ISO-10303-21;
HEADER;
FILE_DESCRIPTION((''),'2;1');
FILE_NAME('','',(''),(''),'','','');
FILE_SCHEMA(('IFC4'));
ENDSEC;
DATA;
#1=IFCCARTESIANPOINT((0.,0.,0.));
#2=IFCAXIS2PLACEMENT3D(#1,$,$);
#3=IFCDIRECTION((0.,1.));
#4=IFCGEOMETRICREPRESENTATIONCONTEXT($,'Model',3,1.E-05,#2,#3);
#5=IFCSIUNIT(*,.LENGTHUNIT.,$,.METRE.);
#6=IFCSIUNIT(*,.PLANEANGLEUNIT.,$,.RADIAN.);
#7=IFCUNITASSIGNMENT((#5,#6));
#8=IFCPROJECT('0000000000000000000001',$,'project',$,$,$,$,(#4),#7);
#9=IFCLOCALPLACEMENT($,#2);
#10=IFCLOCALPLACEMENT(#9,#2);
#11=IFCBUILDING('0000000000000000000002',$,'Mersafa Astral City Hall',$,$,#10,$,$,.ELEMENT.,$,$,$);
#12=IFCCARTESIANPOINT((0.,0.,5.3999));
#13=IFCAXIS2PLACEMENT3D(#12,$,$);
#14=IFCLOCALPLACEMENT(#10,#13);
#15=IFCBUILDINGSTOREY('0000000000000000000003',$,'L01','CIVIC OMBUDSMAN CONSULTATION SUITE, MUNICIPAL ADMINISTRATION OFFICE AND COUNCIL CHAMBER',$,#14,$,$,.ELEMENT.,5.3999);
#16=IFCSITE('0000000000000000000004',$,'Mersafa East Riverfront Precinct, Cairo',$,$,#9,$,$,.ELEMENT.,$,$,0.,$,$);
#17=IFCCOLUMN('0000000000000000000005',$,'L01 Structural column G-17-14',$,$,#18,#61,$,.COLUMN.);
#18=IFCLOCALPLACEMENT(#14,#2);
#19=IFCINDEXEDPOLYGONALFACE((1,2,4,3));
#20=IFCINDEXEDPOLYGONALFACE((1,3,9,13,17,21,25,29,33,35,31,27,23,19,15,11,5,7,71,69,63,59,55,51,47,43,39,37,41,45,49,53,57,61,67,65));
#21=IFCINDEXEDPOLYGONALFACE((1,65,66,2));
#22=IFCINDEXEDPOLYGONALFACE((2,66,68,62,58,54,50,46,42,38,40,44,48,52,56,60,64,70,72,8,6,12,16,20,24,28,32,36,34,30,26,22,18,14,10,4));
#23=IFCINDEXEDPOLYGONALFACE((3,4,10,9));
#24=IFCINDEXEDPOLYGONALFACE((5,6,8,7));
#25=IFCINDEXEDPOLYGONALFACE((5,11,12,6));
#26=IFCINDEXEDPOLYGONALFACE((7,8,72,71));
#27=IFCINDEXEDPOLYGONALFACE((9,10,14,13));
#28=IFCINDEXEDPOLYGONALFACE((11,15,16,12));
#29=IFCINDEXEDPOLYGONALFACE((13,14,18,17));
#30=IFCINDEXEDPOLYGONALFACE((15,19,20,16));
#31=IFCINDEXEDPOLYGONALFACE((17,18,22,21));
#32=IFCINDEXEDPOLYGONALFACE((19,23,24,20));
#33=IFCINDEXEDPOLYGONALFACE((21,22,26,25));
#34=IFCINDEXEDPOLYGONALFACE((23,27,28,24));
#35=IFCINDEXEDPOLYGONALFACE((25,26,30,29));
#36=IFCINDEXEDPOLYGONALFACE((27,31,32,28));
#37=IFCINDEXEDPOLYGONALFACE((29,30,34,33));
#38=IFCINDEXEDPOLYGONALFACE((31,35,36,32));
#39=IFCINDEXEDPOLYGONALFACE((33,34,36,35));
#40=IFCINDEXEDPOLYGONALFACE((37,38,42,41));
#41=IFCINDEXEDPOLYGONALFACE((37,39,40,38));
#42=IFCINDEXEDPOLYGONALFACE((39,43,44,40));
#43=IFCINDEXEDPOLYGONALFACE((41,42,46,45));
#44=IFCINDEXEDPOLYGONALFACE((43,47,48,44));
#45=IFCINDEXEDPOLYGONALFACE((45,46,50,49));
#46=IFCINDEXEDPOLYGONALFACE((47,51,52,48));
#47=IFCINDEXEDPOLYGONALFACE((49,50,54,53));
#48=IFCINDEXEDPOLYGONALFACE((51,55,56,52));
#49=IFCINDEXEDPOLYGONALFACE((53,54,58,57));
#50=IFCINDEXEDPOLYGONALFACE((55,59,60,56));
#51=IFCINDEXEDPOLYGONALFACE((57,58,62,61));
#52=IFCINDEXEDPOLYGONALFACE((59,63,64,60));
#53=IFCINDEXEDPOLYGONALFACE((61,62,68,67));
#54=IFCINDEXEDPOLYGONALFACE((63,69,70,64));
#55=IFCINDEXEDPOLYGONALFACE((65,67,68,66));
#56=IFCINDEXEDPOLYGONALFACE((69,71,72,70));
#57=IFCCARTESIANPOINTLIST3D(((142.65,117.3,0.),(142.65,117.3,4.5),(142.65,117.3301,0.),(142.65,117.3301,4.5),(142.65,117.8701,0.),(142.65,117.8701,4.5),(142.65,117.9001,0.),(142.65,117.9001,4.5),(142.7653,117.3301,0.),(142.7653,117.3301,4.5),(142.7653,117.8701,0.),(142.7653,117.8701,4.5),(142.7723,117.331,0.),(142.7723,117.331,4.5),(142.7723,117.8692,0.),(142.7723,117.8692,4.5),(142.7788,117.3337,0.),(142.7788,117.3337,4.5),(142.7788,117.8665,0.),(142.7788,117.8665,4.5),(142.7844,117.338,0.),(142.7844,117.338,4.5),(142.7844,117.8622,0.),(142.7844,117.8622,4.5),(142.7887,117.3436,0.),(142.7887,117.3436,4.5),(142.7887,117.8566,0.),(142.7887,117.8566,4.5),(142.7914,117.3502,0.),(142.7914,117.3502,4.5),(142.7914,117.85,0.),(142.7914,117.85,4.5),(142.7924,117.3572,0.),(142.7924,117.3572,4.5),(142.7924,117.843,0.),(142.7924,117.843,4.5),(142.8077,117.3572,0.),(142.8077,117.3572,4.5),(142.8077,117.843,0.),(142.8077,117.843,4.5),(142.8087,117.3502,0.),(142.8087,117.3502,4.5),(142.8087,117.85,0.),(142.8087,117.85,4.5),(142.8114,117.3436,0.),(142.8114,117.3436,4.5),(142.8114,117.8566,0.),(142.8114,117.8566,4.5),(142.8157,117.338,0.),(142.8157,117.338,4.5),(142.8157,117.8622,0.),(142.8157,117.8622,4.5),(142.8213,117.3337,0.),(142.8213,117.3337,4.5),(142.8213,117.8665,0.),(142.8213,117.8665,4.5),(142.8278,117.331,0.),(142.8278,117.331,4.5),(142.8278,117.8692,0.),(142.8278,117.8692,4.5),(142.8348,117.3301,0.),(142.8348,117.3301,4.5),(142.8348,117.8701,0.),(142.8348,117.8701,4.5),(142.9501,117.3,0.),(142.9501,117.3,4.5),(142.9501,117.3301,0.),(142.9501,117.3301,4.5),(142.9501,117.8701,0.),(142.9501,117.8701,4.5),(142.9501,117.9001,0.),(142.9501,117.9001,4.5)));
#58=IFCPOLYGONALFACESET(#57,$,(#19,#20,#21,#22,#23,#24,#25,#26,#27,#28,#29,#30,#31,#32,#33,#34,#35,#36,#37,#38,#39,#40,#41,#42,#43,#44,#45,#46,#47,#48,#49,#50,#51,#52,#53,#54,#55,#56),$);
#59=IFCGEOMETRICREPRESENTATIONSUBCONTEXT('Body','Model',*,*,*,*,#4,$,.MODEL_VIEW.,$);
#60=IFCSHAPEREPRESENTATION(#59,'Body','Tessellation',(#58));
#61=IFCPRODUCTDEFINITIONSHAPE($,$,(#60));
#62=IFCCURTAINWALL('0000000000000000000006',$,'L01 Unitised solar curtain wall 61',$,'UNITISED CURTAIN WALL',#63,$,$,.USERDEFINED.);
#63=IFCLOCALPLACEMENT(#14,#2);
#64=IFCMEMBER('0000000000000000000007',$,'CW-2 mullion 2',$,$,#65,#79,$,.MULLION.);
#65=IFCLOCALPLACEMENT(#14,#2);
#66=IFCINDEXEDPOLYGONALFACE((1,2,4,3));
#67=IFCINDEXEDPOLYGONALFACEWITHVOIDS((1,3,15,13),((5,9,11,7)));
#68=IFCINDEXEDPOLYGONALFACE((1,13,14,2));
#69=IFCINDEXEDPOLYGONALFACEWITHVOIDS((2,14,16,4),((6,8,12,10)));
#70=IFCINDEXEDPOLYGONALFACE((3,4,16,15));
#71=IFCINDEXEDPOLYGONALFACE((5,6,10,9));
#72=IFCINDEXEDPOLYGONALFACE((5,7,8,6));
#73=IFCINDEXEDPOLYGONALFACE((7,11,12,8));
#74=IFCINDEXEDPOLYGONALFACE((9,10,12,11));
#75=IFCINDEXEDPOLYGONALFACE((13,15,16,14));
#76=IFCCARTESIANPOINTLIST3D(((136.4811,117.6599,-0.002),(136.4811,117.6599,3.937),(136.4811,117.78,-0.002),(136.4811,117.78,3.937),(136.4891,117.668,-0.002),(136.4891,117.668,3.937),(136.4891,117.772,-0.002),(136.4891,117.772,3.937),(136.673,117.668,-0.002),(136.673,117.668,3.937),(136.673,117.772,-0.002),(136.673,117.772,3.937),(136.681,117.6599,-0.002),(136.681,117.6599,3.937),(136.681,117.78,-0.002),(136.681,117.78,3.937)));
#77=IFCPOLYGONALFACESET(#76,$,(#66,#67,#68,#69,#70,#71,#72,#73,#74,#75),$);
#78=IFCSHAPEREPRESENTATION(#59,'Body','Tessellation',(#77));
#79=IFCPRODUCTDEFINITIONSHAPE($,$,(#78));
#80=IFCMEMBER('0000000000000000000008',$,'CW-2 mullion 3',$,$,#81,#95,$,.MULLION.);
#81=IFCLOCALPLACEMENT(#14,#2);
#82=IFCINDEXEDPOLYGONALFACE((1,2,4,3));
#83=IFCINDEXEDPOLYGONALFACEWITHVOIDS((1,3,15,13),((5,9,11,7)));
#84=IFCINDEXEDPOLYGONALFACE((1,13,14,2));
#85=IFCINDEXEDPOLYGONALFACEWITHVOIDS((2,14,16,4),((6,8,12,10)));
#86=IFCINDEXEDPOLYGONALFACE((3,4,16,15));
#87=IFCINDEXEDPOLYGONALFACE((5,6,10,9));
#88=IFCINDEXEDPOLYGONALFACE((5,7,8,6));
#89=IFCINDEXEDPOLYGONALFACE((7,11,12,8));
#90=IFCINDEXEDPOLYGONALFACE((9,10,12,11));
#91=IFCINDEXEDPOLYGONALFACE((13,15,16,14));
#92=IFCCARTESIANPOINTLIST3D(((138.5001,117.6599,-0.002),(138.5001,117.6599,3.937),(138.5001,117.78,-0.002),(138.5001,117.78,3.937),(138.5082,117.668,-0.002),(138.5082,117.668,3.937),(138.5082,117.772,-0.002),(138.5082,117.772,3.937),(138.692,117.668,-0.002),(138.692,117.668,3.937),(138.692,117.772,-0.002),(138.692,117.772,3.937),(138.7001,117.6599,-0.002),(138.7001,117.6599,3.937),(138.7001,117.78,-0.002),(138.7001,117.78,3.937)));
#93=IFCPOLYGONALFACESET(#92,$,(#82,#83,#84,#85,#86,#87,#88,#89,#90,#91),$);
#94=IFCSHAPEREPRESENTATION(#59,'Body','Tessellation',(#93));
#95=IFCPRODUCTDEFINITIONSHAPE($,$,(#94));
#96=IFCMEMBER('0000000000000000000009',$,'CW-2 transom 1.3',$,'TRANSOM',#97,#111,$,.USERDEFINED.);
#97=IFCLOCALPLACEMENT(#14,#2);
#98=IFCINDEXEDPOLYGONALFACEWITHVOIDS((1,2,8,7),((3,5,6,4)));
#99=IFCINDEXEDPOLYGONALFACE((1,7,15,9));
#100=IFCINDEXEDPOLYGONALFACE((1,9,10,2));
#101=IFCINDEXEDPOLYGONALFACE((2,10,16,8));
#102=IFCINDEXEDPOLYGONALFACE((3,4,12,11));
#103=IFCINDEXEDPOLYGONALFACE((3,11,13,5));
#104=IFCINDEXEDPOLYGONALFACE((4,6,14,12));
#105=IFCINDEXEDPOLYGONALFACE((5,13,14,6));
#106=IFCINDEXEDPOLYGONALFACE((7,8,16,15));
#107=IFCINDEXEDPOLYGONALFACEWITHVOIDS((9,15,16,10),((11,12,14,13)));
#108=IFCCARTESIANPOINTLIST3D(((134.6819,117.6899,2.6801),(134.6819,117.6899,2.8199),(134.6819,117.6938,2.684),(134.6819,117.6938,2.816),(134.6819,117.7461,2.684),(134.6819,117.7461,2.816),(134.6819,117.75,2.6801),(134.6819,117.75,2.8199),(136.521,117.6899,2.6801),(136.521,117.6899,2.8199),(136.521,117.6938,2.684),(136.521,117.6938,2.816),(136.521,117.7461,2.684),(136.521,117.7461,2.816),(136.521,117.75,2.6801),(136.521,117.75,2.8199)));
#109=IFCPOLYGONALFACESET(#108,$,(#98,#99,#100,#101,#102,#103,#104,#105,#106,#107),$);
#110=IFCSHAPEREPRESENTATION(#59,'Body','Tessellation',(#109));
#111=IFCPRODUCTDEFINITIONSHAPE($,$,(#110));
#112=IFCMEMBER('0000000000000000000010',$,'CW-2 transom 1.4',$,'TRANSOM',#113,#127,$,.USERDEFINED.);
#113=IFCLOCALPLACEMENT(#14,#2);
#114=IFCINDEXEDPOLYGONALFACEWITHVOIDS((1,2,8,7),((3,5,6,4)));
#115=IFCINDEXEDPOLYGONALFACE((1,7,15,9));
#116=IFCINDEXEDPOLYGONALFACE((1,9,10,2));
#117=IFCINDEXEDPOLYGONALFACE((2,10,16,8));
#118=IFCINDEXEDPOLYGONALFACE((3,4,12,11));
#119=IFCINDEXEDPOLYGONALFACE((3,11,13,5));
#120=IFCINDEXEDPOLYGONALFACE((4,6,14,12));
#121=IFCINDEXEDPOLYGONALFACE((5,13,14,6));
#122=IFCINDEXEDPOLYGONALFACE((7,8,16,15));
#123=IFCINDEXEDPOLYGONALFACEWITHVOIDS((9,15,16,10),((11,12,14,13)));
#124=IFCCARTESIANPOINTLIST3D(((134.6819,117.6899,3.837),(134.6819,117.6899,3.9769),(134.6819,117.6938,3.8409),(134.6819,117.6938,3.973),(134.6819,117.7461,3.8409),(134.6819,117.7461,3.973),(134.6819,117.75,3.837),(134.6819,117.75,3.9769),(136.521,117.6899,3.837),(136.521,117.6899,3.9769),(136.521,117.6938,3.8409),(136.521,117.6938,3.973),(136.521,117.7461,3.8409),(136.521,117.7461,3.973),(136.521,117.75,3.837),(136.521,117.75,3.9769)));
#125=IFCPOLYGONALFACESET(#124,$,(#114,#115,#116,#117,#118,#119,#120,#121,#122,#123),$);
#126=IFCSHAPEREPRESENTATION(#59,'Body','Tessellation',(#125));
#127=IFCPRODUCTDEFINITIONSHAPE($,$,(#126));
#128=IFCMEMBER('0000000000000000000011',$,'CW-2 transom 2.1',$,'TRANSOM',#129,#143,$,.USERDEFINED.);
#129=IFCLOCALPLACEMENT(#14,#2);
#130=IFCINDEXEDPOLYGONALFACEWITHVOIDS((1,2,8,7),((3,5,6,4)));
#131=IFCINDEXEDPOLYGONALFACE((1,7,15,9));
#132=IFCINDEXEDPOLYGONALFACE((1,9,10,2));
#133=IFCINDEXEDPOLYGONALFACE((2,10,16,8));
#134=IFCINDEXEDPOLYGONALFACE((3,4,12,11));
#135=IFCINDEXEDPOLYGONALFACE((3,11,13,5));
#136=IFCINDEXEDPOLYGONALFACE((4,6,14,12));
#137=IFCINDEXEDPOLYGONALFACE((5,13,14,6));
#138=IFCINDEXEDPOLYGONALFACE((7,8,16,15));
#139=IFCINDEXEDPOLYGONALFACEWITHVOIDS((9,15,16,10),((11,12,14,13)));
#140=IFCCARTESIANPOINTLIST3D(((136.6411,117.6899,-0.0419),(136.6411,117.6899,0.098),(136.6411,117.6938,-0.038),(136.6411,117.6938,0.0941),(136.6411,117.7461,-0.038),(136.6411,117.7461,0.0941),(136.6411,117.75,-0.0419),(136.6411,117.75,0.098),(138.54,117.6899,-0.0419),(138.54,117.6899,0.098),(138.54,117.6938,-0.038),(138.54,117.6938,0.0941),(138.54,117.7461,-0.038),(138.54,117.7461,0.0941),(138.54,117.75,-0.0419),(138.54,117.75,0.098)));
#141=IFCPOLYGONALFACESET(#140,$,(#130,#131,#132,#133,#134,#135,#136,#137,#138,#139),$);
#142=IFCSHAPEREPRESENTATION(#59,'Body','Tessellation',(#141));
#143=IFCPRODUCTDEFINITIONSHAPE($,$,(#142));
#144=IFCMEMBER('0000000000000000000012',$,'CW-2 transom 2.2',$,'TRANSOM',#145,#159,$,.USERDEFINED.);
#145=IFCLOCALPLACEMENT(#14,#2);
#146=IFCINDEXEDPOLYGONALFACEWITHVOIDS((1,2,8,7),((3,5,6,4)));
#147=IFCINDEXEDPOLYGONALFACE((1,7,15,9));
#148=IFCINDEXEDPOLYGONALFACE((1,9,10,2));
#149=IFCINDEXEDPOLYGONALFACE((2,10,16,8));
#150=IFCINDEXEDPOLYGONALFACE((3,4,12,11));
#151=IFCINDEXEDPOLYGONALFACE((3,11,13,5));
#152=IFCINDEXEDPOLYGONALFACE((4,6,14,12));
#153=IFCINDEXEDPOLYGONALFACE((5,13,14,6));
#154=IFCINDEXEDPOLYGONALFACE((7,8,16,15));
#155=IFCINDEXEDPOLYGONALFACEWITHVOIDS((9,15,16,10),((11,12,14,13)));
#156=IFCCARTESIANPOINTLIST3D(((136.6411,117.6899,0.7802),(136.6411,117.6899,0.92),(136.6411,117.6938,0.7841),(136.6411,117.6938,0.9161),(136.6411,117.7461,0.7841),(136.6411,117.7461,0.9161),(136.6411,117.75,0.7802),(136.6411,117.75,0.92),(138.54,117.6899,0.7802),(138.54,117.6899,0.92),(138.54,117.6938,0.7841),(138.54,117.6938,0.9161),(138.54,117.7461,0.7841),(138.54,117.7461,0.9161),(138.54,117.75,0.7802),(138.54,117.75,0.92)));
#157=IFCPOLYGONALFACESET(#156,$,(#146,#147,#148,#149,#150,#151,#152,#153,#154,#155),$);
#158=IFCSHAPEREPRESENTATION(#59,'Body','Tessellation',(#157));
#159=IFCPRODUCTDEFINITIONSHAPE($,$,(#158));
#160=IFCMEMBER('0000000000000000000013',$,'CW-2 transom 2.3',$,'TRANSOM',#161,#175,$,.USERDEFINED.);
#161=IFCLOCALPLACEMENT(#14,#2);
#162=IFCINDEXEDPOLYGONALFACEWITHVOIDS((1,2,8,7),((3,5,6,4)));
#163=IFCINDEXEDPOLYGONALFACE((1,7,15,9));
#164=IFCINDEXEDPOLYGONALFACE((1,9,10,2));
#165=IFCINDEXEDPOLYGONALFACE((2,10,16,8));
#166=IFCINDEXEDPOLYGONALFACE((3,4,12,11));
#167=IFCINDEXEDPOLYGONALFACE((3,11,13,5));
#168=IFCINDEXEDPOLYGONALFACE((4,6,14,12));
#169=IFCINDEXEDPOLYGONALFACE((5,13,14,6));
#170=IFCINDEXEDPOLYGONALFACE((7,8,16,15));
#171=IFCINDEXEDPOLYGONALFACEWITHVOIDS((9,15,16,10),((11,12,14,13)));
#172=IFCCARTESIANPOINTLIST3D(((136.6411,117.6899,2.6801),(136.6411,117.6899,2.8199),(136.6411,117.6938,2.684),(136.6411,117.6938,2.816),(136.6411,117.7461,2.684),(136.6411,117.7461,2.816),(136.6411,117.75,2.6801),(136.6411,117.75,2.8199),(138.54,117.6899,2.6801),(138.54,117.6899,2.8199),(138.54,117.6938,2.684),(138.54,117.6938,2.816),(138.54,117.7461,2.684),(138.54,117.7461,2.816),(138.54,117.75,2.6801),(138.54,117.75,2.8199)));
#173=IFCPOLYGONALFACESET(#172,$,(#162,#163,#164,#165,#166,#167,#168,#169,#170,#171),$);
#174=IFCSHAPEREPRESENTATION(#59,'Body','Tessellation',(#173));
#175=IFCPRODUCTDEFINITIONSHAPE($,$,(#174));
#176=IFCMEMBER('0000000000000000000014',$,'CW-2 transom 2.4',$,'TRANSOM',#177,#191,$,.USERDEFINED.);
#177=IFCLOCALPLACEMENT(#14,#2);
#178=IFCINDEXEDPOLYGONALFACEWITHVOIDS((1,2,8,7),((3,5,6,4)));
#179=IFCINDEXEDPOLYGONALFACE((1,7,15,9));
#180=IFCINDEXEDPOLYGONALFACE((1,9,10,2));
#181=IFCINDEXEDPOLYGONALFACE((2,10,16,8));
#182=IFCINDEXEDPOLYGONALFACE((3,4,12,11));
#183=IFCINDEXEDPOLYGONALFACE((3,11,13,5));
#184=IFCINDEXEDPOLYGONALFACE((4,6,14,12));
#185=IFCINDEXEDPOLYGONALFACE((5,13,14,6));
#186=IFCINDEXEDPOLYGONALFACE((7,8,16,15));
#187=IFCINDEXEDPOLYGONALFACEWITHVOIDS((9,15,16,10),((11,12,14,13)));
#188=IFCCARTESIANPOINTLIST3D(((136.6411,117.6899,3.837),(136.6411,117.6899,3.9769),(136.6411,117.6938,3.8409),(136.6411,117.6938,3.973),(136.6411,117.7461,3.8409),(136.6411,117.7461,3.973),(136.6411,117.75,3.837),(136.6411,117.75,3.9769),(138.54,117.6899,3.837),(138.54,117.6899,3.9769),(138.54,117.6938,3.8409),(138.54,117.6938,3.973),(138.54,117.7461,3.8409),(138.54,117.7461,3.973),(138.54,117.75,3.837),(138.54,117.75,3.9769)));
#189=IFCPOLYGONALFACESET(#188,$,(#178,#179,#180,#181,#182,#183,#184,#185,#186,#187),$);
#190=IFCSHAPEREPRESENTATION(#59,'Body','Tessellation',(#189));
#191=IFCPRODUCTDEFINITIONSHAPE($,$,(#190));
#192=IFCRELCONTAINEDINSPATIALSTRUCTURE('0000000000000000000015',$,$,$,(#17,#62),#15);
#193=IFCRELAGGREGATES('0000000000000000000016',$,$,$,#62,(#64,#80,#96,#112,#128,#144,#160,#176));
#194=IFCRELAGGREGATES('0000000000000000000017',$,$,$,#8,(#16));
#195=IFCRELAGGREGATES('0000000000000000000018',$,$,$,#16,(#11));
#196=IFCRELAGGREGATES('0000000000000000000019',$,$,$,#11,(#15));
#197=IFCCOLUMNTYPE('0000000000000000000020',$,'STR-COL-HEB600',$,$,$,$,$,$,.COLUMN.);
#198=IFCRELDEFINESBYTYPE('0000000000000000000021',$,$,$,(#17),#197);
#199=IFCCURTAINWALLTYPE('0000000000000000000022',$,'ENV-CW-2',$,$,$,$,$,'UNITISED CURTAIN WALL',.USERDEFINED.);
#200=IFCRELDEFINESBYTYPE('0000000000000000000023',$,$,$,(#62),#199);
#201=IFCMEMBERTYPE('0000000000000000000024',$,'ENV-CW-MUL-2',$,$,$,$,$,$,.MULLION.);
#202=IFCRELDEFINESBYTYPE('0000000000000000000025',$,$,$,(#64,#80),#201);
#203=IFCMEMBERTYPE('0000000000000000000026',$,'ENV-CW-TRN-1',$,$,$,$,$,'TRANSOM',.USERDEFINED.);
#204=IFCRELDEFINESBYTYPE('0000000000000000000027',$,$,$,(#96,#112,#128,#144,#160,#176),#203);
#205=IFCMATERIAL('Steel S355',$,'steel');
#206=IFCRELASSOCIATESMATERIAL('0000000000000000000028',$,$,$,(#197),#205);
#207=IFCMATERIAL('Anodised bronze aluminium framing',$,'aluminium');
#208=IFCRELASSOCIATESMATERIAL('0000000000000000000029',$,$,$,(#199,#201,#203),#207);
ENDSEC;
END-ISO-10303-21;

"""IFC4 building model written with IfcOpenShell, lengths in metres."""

from ifc_helpers import new_model, si_unit, direction, frame, origin, origin_2d, place, context, subcontext, project, spatial, hollow_rectangle, i_section, extrude, material, material_profile, profile_set, type_object, element, aggregate, save


model = new_model("IFC4")

# Units and contexts
model_context = context("Model", 3, precision=1e-05, world=origin(), true_north=direction((0.0, 1.0)))
body_context = subcontext(model_context, "Body", "Model", "MODEL_VIEW")
ifc_project = project(units=[si_unit("LENGTHUNIT", "METRE"), si_unit("PLANEANGLEUNIT", "RADIAN")], contexts=[model_context])

# Site, building, storey
site_placement = place(None, origin())
site = spatial("IfcSite", under=ifc_project, at=site_placement, Name="Mersafa East Riverfront Precinct, Cairo", CompositionType="ELEMENT", RefElevation=0.0)
building_placement = place(site_placement, origin())
building = spatial("IfcBuilding", under=site, at=building_placement, Name="Mersafa Astral City Hall", CompositionType="ELEMENT")
storey_placement = place(building_placement, frame((0.0, 0.0, 5.3999)))
storey = spatial("IfcBuildingStorey", under=building, at=storey_placement, Name="L01", Description="CIVIC OMBUDSMAN CONSULTATION SUITE, MUNICIPAL ADMINISTRATION OFFICE AND COUNCIL CHAMBER", CompositionType="ELEMENT", Elevation=5.3999)

# Column
ifc_material_1 = material(Name="Steel S355", Category="steel")
ifc_material_profile_1 = material_profile(ifc_material_1, i_section(OverallWidth=0.3, OverallDepth=0.6001, WebThickness=0.0154, FlangeThickness=0.03, FilletRadius=0.0271, at=origin_2d()), Name="HEB 600")
ifc_profile_set_1 = profile_set([ifc_material_profile_1], Name="Steel S355")
column_type = type_object("IfcColumnType", Name="STR-COL-HEB600", PredefinedType="COLUMN", material=ifc_profile_set_1)
column_placement = place(storey_placement, frame((142.8, 117.6001, 0.0), z_axis=(0.0, 0.0, 1.0), x_axis=(1.0, 0.0, 0.0)))
element("IfcColumn", 1, at=column_placement, inside=storey, type_object=column_type, Name="L01 Structural column G-17-14", PredefinedType="COLUMN", context=body_context, shape_type="SweptSolid", body=[
    extrude(i_section(OverallWidth=0.3, OverallDepth=0.6001, WebThickness=0.0154, FlangeThickness=0.03, FilletRadius=0.0271, at=origin_2d()), origin(), (0.0, 0.0, 1.0), 4.5),
])

# Curtain wall, members
ifc_material_2 = material(Name="Anodised bronze aluminium framing", Category="aluminium")
curtain_wall_type = type_object("IfcCurtainWallType", Name="ENV-CW-2", ElementType="UNITISED CURTAIN WALL", PredefinedType="USERDEFINED", material=ifc_material_2)
curtain_wall_placement = place(storey_placement, origin())
curtain_wall = element("IfcCurtainWall", 2, at=curtain_wall_placement, inside=storey, type_object=curtain_wall_type, Name="L01 Unitised solar curtain wall 61", ObjectType="UNITISED CURTAIN WALL", PredefinedType="USERDEFINED")
ifc_material_profile_2 = material_profile(ifc_material_2, hollow_rectangle(XDim=0.1201, YDim=0.2, WallThickness=0.0081, at=origin_2d()), Name="RHS 120x200x8")
ifc_profile_set_2 = profile_set([ifc_material_profile_2], Name="Anodised bronze aluminium framing")
member_type_1 = type_object("IfcMemberType", Name="ENV-CW-MUL-2", PredefinedType="MULLION", material=ifc_profile_set_2)
member_1_placement = place(storey_placement, frame((136.5811, 117.72, -0.002), z_axis=(0.0, 0.0, 1.0), x_axis=(0.0, 1.0, 0.0)))
member_1 = element("IfcMember", 3, at=member_1_placement, type_object=member_type_1, Name="CW-2 mullion 2", PredefinedType="MULLION", context=body_context, shape_type="SweptSolid", body=[
    extrude(hollow_rectangle(XDim=0.1201, YDim=0.2, WallThickness=0.0081, at=origin_2d()), origin(), (0.0, 0.0, 1.0), 3.939),
])
member_2_placement = place(storey_placement, frame((138.6001, 117.72, -0.002), z_axis=(0.0, 0.0, 1.0), x_axis=(0.0, 1.0, 0.0)))
member_2 = element("IfcMember", 4, at=member_2_placement, type_object=member_type_1, Name="CW-2 mullion 3", PredefinedType="MULLION", context=body_context, shape_type="SweptSolid", body=[
    extrude(hollow_rectangle(XDim=0.1201, YDim=0.2, WallThickness=0.0081, at=origin_2d()), origin(), (0.0, 0.0, 1.0), 3.939),
])
ifc_material_profile_3 = material_profile(ifc_material_2, hollow_rectangle(XDim=0.0601, YDim=0.1399, WallThickness=0.0039, at=origin_2d()), Name="RHS 60x140x4")
ifc_profile_set_3 = profile_set([ifc_material_profile_3], Name="Anodised bronze aluminium framing")
member_type_2 = type_object("IfcMemberType", Name="ENV-CW-TRN-1", ElementType="TRANSOM", PredefinedType="USERDEFINED", material=ifc_profile_set_3)
member_3_placement = place(storey_placement, frame((134.6819, 117.72, 2.75), z_axis=(1.0, 0.0, 0.0), x_axis=(0.0, 1.0, 0.0)))
member_3 = element("IfcMember", 5, at=member_3_placement, type_object=member_type_2, Name="CW-2 transom 1.3", ObjectType="TRANSOM", PredefinedType="USERDEFINED", context=body_context, shape_type="SweptSolid", body=[
    extrude(hollow_rectangle(XDim=0.0601, YDim=0.1399, WallThickness=0.0039, at=origin_2d()), origin(), (0.0, 0.0, 1.0), 1.8391),
])
member_4_placement = place(storey_placement, frame((134.6819, 117.72, 3.907), z_axis=(1.0, 0.0, 0.0), x_axis=(0.0, 1.0, 0.0)))
member_4 = element("IfcMember", 6, at=member_4_placement, type_object=member_type_2, Name="CW-2 transom 1.4", ObjectType="TRANSOM", PredefinedType="USERDEFINED", context=body_context, shape_type="SweptSolid", body=[
    extrude(hollow_rectangle(XDim=0.0601, YDim=0.1399, WallThickness=0.0039, at=origin_2d()), origin(), (0.0, 0.0, 1.0), 1.8391),
])
member_5_placement = place(storey_placement, frame((136.6411, 117.72, 0.0281), z_axis=(1.0, 0.0, 0.0), x_axis=(0.0, 1.0, 0.0)))
member_5 = element("IfcMember", 7, at=member_5_placement, type_object=member_type_2, Name="CW-2 transom 2.1", ObjectType="TRANSOM", PredefinedType="USERDEFINED", context=body_context, shape_type="SweptSolid", body=[
    extrude(hollow_rectangle(XDim=0.0601, YDim=0.1399, WallThickness=0.0039, at=origin_2d()), origin(), (0.0, 0.0, 1.0), 1.8989),
])
member_6_placement = place(storey_placement, frame((136.6411, 117.72, 0.8501), z_axis=(1.0, 0.0, 0.0), x_axis=(0.0, 1.0, 0.0)))
member_6 = element("IfcMember", 8, at=member_6_placement, type_object=member_type_2, Name="CW-2 transom 2.2", ObjectType="TRANSOM", PredefinedType="USERDEFINED", context=body_context, shape_type="SweptSolid", body=[
    extrude(hollow_rectangle(XDim=0.0601, YDim=0.1399, WallThickness=0.0039, at=origin_2d()), origin(), (0.0, 0.0, 1.0), 1.8989),
])
member_7_placement = place(storey_placement, frame((136.6411, 117.72, 2.75), z_axis=(1.0, 0.0, 0.0), x_axis=(0.0, 1.0, 0.0)))
member_7 = element("IfcMember", 9, at=member_7_placement, type_object=member_type_2, Name="CW-2 transom 2.3", ObjectType="TRANSOM", PredefinedType="USERDEFINED", context=body_context, shape_type="SweptSolid", body=[
    extrude(hollow_rectangle(XDim=0.0601, YDim=0.1399, WallThickness=0.0039, at=origin_2d()), origin(), (0.0, 0.0, 1.0), 1.8989),
])
member_8_placement = place(storey_placement, frame((136.6411, 117.72, 3.907), z_axis=(1.0, 0.0, 0.0), x_axis=(0.0, 1.0, 0.0)))
member_8 = element("IfcMember", 10, at=member_8_placement, type_object=member_type_2, Name="CW-2 transom 2.4", ObjectType="TRANSOM", PredefinedType="USERDEFINED", context=body_context, shape_type="SweptSolid", body=[
    extrude(hollow_rectangle(XDim=0.0601, YDim=0.1399, WallThickness=0.0039, at=origin_2d()), origin(), (0.0, 0.0, 1.0), 1.8989),
])

aggregate(curtain_wall, [member_1, member_2, member_3, member_4, member_5, member_6, member_7, member_8])

save(model, "model.ifc")
